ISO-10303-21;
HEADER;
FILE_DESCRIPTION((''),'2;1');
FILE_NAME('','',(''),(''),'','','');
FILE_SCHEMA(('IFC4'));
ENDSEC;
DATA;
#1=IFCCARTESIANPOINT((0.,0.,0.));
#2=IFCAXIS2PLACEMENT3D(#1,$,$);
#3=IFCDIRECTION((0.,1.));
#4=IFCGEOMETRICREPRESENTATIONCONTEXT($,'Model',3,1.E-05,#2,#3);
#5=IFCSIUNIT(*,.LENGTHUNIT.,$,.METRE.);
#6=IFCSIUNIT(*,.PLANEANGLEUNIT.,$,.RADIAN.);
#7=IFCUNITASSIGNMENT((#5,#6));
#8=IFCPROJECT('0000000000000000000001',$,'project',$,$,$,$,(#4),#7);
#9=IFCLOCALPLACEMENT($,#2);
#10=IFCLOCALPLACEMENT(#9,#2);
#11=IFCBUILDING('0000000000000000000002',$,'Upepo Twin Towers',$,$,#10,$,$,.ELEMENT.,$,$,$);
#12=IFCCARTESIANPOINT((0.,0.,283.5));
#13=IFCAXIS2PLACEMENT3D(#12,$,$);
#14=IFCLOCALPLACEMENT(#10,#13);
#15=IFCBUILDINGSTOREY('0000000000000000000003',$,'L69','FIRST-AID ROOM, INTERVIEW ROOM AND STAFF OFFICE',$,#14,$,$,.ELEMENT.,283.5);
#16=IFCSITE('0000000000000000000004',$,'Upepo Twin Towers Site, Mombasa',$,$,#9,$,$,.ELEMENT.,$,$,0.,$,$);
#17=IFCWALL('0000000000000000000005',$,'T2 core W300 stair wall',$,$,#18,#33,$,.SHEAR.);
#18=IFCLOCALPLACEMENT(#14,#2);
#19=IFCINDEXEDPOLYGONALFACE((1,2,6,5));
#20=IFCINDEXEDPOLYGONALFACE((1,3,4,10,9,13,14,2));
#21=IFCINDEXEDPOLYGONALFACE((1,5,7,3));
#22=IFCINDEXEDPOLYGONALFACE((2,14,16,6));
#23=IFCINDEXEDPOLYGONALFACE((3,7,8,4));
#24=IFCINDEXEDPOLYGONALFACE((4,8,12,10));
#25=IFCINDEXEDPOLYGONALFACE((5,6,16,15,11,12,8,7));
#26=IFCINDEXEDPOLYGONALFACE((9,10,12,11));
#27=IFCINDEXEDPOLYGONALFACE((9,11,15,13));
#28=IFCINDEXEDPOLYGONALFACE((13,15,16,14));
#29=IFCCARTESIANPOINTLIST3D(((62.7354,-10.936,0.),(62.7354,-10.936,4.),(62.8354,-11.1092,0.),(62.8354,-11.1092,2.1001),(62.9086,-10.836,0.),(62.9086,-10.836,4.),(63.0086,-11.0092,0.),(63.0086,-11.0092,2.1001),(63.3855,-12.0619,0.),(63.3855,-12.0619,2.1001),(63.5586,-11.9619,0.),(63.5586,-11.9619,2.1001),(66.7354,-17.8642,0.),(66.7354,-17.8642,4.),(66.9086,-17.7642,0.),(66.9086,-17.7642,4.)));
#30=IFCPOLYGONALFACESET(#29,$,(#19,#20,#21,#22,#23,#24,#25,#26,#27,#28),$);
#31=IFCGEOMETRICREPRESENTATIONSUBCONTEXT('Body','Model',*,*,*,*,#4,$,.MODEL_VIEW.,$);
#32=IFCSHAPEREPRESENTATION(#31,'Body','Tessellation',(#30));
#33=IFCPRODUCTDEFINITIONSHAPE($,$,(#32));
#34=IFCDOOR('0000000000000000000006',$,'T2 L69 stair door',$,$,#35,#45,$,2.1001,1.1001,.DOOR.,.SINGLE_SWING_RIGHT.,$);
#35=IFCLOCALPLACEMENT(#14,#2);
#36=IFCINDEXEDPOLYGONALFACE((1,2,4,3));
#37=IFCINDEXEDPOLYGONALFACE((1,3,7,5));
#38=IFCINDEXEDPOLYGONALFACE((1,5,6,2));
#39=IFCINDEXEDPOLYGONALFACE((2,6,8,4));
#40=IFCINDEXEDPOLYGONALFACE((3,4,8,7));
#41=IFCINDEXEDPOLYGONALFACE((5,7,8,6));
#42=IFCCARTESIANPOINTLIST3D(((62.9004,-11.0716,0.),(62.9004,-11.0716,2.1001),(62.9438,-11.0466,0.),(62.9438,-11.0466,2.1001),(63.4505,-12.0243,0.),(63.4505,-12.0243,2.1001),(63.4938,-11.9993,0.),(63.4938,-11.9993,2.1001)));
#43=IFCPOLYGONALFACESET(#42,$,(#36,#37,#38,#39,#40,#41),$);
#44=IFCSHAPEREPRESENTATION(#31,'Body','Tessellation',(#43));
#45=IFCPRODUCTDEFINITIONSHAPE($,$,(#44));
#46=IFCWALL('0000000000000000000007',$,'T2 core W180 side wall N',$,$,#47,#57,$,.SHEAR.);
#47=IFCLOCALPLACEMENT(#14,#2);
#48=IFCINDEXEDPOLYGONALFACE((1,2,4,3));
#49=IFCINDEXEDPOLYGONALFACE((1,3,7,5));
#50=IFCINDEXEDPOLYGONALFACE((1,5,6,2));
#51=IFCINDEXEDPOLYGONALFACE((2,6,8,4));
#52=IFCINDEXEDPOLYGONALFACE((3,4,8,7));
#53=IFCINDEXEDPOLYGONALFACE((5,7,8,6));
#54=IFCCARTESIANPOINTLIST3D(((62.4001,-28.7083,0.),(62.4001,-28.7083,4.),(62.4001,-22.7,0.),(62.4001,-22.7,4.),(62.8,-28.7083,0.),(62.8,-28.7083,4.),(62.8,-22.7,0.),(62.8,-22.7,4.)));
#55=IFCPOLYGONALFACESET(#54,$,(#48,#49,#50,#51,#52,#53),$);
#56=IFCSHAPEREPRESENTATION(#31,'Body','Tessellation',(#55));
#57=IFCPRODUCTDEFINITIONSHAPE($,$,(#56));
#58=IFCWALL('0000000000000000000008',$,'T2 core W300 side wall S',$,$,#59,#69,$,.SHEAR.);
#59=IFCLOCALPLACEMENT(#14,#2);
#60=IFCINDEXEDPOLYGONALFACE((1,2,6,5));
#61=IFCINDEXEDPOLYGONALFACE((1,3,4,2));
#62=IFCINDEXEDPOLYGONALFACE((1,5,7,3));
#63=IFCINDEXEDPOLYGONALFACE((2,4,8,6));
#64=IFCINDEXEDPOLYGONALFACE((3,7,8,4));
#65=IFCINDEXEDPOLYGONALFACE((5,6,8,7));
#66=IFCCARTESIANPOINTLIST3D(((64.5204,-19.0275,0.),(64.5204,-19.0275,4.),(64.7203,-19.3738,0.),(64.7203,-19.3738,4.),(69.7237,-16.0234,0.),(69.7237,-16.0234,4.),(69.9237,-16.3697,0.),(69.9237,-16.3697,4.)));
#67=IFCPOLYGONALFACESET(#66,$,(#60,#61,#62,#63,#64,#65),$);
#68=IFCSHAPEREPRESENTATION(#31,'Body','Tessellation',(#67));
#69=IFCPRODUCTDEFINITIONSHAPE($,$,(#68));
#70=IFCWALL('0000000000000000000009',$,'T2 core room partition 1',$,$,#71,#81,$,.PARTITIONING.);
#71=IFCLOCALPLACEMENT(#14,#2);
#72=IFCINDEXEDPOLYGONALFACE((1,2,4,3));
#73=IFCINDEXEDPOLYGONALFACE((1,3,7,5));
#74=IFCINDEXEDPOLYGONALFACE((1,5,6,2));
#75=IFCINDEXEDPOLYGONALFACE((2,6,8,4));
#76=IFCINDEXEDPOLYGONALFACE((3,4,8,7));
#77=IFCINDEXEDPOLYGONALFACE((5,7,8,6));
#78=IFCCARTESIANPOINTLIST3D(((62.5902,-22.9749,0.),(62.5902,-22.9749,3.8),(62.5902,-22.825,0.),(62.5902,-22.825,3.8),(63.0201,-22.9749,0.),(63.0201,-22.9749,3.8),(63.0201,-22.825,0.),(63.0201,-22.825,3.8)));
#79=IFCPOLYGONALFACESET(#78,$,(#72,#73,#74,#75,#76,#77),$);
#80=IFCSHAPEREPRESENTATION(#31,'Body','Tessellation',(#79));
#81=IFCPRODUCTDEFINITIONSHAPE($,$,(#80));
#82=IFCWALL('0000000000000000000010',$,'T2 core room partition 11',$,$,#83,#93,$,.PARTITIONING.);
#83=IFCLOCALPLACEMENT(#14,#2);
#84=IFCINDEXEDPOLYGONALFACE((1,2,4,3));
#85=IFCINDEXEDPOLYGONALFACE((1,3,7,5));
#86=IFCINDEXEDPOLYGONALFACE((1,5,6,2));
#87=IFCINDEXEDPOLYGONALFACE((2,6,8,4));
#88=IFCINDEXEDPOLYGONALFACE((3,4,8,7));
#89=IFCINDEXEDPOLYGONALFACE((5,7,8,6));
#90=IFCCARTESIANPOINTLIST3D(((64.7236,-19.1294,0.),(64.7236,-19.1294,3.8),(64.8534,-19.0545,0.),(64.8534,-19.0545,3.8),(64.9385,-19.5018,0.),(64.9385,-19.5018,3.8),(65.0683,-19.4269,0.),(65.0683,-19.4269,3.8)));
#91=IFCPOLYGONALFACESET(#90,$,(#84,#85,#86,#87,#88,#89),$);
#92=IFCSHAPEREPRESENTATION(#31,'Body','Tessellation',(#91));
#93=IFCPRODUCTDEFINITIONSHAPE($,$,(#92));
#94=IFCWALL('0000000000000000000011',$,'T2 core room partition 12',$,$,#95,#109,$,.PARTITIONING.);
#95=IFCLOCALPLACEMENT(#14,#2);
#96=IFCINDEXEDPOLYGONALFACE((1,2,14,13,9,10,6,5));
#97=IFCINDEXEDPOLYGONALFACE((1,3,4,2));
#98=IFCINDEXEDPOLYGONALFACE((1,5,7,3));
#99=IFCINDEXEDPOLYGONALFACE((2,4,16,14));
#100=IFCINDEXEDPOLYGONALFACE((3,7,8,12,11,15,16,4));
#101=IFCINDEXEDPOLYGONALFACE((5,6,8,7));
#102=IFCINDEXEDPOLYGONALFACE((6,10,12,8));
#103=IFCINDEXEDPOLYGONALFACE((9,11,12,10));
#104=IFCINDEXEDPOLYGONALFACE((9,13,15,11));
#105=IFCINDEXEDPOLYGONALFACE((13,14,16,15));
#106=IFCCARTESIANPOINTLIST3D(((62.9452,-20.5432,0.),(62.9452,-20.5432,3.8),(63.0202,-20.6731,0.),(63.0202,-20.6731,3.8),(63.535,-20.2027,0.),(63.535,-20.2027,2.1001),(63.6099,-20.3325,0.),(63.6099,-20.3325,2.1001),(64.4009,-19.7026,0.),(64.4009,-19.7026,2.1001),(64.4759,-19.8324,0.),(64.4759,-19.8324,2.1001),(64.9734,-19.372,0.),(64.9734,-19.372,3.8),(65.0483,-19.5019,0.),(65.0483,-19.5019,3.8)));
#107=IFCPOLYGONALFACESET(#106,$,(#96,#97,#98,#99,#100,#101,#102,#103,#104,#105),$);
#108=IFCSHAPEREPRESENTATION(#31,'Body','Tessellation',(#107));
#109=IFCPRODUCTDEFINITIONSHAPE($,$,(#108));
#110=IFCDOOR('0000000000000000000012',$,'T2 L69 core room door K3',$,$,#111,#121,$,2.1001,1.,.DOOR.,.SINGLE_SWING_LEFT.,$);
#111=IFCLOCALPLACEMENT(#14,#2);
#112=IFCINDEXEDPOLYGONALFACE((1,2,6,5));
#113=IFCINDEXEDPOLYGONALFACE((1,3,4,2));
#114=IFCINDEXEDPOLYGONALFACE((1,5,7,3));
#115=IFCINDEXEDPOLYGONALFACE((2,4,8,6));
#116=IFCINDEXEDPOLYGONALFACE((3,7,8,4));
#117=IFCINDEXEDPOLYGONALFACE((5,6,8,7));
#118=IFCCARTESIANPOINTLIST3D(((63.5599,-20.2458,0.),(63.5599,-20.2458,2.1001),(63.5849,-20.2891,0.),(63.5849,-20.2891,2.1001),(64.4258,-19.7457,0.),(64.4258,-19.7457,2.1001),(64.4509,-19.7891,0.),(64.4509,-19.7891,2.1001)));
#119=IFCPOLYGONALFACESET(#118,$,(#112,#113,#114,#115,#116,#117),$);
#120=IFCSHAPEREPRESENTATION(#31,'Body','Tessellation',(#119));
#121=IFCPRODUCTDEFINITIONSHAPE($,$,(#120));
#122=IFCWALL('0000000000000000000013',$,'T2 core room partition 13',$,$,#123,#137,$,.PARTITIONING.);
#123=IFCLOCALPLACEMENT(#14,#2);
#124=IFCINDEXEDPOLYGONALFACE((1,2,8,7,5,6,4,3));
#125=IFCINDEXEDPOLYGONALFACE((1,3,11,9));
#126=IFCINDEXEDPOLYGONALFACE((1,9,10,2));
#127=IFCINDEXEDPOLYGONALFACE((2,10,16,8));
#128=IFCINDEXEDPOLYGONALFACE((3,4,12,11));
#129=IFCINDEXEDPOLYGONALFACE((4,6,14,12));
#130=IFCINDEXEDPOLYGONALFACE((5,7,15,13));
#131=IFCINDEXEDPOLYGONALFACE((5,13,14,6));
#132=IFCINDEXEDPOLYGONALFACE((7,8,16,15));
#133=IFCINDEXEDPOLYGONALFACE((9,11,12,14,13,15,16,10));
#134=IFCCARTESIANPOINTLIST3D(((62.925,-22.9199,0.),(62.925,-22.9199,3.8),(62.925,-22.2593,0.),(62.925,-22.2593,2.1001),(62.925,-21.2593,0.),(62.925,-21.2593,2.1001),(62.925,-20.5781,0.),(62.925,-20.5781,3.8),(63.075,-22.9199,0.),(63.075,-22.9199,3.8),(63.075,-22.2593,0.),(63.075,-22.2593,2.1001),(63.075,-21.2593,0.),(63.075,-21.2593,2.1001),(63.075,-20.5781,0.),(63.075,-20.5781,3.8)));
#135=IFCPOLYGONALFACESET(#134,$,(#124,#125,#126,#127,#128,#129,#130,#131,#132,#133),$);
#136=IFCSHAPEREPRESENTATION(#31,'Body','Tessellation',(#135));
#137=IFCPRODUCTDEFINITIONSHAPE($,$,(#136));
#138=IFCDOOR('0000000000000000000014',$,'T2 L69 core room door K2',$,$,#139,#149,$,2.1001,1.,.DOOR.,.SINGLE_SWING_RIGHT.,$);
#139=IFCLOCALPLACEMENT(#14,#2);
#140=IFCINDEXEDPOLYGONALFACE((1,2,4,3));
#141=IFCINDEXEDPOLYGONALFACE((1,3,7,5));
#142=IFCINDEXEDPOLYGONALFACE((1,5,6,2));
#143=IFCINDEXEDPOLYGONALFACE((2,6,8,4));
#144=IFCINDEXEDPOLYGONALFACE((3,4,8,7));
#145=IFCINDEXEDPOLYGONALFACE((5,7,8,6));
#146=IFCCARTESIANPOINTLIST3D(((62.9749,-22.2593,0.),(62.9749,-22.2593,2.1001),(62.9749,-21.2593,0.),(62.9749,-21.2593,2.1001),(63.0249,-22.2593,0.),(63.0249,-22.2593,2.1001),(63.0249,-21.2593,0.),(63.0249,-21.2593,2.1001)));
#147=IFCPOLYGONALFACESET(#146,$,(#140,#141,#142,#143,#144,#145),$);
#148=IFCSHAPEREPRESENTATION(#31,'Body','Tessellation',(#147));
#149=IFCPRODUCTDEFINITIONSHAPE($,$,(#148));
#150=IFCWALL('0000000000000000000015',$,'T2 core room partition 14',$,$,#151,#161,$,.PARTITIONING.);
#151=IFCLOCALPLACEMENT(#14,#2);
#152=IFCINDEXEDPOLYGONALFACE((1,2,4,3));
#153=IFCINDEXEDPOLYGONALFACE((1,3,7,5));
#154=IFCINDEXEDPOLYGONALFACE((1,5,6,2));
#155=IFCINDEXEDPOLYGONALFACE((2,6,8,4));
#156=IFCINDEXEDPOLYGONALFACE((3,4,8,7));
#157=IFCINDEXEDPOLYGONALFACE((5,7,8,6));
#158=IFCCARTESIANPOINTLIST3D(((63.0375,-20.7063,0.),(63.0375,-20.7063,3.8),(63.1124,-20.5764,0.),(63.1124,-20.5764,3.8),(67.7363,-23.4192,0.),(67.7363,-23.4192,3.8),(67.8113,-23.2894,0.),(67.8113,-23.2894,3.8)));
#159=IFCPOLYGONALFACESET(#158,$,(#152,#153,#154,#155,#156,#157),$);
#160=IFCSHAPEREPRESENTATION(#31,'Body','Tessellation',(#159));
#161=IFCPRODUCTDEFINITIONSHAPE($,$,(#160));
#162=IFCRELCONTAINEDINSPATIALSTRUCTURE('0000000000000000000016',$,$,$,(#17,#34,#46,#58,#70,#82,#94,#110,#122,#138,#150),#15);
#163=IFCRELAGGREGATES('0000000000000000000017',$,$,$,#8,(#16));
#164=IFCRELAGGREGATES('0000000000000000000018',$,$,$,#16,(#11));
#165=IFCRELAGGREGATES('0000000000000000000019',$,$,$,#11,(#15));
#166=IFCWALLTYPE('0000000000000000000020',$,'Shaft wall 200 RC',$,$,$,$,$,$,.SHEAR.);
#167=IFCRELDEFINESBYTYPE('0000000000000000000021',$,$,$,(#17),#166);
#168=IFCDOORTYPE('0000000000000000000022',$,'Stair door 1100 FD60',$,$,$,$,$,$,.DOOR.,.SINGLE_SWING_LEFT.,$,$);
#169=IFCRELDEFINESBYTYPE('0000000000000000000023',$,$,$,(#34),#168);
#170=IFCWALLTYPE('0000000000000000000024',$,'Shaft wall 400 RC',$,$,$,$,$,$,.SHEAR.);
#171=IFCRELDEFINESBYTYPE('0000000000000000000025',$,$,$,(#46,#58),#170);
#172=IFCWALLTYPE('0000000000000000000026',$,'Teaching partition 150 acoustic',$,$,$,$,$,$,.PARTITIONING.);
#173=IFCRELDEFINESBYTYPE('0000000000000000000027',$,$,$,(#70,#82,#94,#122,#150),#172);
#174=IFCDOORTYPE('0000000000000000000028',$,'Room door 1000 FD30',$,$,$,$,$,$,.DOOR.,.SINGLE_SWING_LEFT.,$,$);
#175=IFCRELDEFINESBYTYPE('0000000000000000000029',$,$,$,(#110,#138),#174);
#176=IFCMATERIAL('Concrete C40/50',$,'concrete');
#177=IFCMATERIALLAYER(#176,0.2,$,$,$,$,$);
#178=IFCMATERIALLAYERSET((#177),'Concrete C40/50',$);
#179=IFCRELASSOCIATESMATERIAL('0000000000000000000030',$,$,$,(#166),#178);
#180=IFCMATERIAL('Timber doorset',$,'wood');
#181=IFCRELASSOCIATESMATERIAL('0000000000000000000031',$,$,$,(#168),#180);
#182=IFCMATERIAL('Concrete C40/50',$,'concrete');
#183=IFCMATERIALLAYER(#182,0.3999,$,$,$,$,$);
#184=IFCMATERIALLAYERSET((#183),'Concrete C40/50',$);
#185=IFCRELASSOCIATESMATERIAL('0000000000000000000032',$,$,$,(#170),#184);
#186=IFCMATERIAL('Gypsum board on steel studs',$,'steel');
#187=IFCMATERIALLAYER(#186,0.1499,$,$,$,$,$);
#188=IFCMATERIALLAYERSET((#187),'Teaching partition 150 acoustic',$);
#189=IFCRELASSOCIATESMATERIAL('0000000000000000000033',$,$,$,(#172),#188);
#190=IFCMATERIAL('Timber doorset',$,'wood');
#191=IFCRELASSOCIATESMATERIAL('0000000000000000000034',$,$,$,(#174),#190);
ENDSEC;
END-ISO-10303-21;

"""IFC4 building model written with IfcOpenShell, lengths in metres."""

from ifc_helpers import new_model, si_unit, direction, frame, frame_2d, origin, place, context, subcontext, project, spatial, rectangle, extrude, material, layer, layer_set, type_object, element, fill, save


model = new_model("IFC4")

# Units and contexts
model_context = context("Model", 3, precision=1e-05, world=origin(), true_north=direction((0.0, 1.0)))
body_context = subcontext(model_context, "Body", "Model", "MODEL_VIEW")
ifc_project = project(units=[si_unit("LENGTHUNIT", "METRE"), si_unit("PLANEANGLEUNIT", "RADIAN")], contexts=[model_context])

# Site, building, storey
site_placement = place(None, origin())
site = spatial("IfcSite", under=ifc_project, at=site_placement, Name="Upepo Twin Towers Site, Mombasa", CompositionType="ELEMENT", RefElevation=0.0)
building_placement = place(site_placement, origin())
building = spatial("IfcBuilding", under=site, at=building_placement, Name="Upepo Twin Towers", CompositionType="ELEMENT")
storey_placement = place(building_placement, frame((0.0, 0.0, 283.5)))
storey = spatial("IfcBuildingStorey", under=building, at=storey_placement, Name="L69", Description="FIRST-AID ROOM, INTERVIEW ROOM AND STAFF OFFICE", CompositionType="ELEMENT", Elevation=283.5)

# Shared definitions
ifc_material_1 = material(Name="Concrete C40/50", Category="concrete")
ifc_layer_1 = layer(ifc_material_1, 0.2)
ifc_layer_set_1 = layer_set([ifc_layer_1], Name="Concrete C40/50")
wall_type_1 = type_object("IfcWallType", Name="Shaft wall 200 RC", PredefinedType="SHEAR", material=ifc_layer_set_1)

# Wall, opening, door
wall_1_placement = place(storey_placement, frame((66.822, -17.8142, 0.0), z_axis=(0.0, 0.0, 1.0), x_axis=(-0.499999, 0.866026, 0.0)))
wall_1 = element("IfcWall", 1, at=wall_1_placement, inside=storey, type_object=wall_type_1, Name="T2 core W300 stair wall", PredefinedType="SHEAR", context=body_context, shape_type="SweptSolid", body=[
    extrude(rectangle(XDim=8.0, YDim=0.2, at=frame_2d((4.0, 0.0))), origin(), (0.0, 0.0, 1.0), 4.0),
])
opening_1_placement = place(wall_1_placement, frame((6.7, 0.0, 0.0)))
opening_1 = element("IfcOpeningElement", 2, at=opening_1_placement, cuts=wall_1, PredefinedType="OPENING", context=body_context, shape_type="SweptSolid", body=[
    extrude(rectangle(XDim=1.1001, YDim=2.1001, at=frame_2d((0.55, 1.05))), frame((0.0, 0.1099, 0.0), z_axis=(0.0, -1.0, 0.0), x_axis=(1.0, 0.0, 0.0)), (0.0, 0.0, 1.0), 0.22),
])
ifc_material_2 = material(Name="Timber doorset", Category="wood")
door_type_1 = type_object("IfcDoorType", Name="Stair door 1100 FD60", OperationType="SINGLE_SWING_LEFT", PredefinedType="DOOR", material=ifc_material_2)
door_1_placement = place(opening_1_placement, origin())
door_1 = element("IfcDoor", 3, at=door_1_placement, inside=storey, type_object=door_type_1, Name="T2 L69 stair door", OperationType="SINGLE_SWING_RIGHT", OverallHeight=2.1001, OverallWidth=1.1001, PredefinedType="DOOR", context=body_context, shape_type="SweptSolid", body=[
    extrude(rectangle(XDim=1.1001, YDim=2.1001, at=frame_2d((0.55, 1.05))), frame((0.0, 0.0249, 0.0), z_axis=(0.0, -1.0, 0.0), x_axis=(1.0, 0.0, 0.0)), (0.0, 0.0, 1.0), 0.05),
])
fill(opening_1, door_1)

# Walls
ifc_material_3 = material(Name="Concrete C40/50", Category="concrete")
ifc_layer_2 = layer(ifc_material_3, 0.3999)
ifc_layer_set_2 = layer_set([ifc_layer_2], Name="Concrete C40/50")
wall_type_2 = type_object("IfcWallType", Name="Shaft wall 400 RC", PredefinedType="SHEAR", material=ifc_layer_set_2)
for number, where, z_axis, x_axis, name in (
    (4, (62.6001, -22.7, 0.0), (0.0, 0.0, 1.0), (0.0, -1.0, 0.0), "T2 core W180 side wall N"),
    (5, (64.6204, -19.2007, 0.0), (0.0, 0.0, 1.0), (0.866027, 0.499998, 0.0), "T2 core W300 side wall S"),
):
    element("IfcWall", number, at=place(storey_placement, frame(where, z_axis=z_axis, x_axis=x_axis)), inside=storey, type_object=wall_type_2, Name=name, PredefinedType="SHEAR", context=body_context, shape_type="SweptSolid", body=[
        extrude(rectangle(XDim=6.0083, YDim=0.3999, at=frame_2d((3.0042, 0.0))), origin(), (0.0, 0.0, 1.0), 4.0),
    ])
ifc_material_4 = material(Name="Gypsum board on steel studs", Category="steel")
ifc_layer_3 = layer(ifc_material_4, 0.1499)
ifc_layer_set_3 = layer_set([ifc_layer_3], Name="Teaching partition 150 acoustic")
wall_type_3 = type_object("IfcWallType", Name="Teaching partition 150 acoustic", PredefinedType="PARTITIONING", material=ifc_layer_set_3)
for number, where, z_axis, x_axis, name in (
    (6, (63.02, -22.8999, 0.0), (0.0, 0.0, 1.0), (-1.0, 0.0, 0.0), "T2 core room partition 1"),
    (7, (64.7886, -19.092, 0.0), (0.0, 0.0, 1.0), (0.499804, -0.866138, 0.0), "T2 core room partition 11"),
):
    element("IfcWall", number, at=place(storey_placement, frame(where, z_axis=z_axis, x_axis=x_axis)), inside=storey, type_object=wall_type_3, Name=name, PredefinedType="PARTITIONING", context=body_context, shape_type="SweptSolid", body=[
        extrude(rectangle(XDim=0.4299, YDim=0.1499, at=frame_2d((0.2148, 0.0))), origin(), (0.0, 0.0, 1.0), 3.8),
    ])

# Walls, openings, doors
wall_2_placement = place(storey_placement, frame((65.0107, -19.437, 0.0), z_axis=(0.0, 0.0, 1.0), x_axis=(-0.865982, -0.500074, 0.0)))
wall_2 = element("IfcWall", 8, at=wall_2_placement, inside=storey, type_object=wall_type_3, Name="T2 core room partition 12", PredefinedType="PARTITIONING", context=body_context, shape_type="SweptSolid", body=[
    extrude(rectangle(XDim=2.342, YDim=0.1499, at=frame_2d((1.1709, 0.0))), origin(), (0.0, 0.0, 1.0), 3.8),
])
opening_2_placement = place(wall_2_placement, frame((0.6609, 0.0, 0.0)))
opening_2 = element("IfcOpeningElement", 9, at=opening_2_placement, cuts=wall_2, PredefinedType="OPENING", context=body_context, shape_type="SweptSolid", body=[
    extrude(rectangle(XDim=1.0, YDim=2.1001, at=frame_2d((0.5, 1.05))), frame((0.0, 0.085, 0.0), z_axis=(0.0, -1.0, 0.0), x_axis=(1.0, 0.0, 0.0)), (0.0, 0.0, 1.0), 0.1699),
])
ifc_material_5 = material(Name="Timber doorset", Category="wood")
door_type_2 = type_object("IfcDoorType", Name="Room door 1000 FD30", OperationType="SINGLE_SWING_LEFT", PredefinedType="DOOR", material=ifc_material_5)
door_2_placement = place(opening_2_placement, origin())
door_2 = element("IfcDoor", 10, at=door_2_placement, inside=storey, type_object=door_type_2, Name="T2 L69 core room door K3", OperationType="SINGLE_SWING_LEFT", OverallHeight=2.1001, OverallWidth=1.0, PredefinedType="DOOR", context=body_context, shape_type="SweptSolid", body=[
    extrude(rectangle(XDim=1.0, YDim=2.1001, at=frame_2d((0.5, 1.05))), frame((0.0, 0.0249, 0.0), z_axis=(0.0, -1.0, 0.0), x_axis=(1.0, 0.0, 0.0)), (0.0, 0.0, 1.0), 0.05),
])
fill(opening_2, door_2)
wall_3_placement = place(storey_placement, frame((63.0, -20.5781, 0.0), z_axis=(0.0, 0.0, 1.0), x_axis=(0.0, -1.0, 0.0)))
wall_3 = element("IfcWall", 11, at=wall_3_placement, inside=storey, type_object=wall_type_3, Name="T2 core room partition 13", PredefinedType="PARTITIONING", context=body_context, shape_type="SweptSolid", body=[
    extrude(rectangle(XDim=2.3418, YDim=0.1499, at=frame_2d((1.1709, 0.0))), origin(), (0.0, 0.0, 1.0), 3.8),
])
opening_3_placement = place(wall_3_placement, frame((0.6812, 0.0, 0.0)))
opening_3 = element("IfcOpeningElement", 12, at=opening_3_placement, cuts=wall_3, PredefinedType="OPENING", context=body_context, shape_type="SweptSolid", body=[
    extrude(rectangle(XDim=1.0, YDim=2.1001, at=frame_2d((0.5, 1.05))), frame((0.0, 0.085, 0.0), z_axis=(0.0, -1.0, 0.0), x_axis=(1.0, 0.0, 0.0)), (0.0, 0.0, 1.0), 0.1699),
])
door_3_placement = place(opening_3_placement, origin())
door_3 = element("IfcDoor", 13, at=door_3_placement, inside=storey, type_object=door_type_2, Name="T2 L69 core room door K2", OperationType="SINGLE_SWING_RIGHT", OverallHeight=2.1001, OverallWidth=1.0, PredefinedType="DOOR", context=body_context, shape_type="SweptSolid", body=[
    extrude(rectangle(XDim=1.0, YDim=2.1001, at=frame_2d((0.5, 1.05))), frame((0.0, 0.0249, 0.0), z_axis=(0.0, -1.0, 0.0), x_axis=(1.0, 0.0, 0.0)), (0.0, 0.0, 1.0), 0.05),
])
fill(opening_3, door_3)

# Wall
wall_4_placement = place(storey_placement, frame((63.075, -20.6414, 0.0), z_axis=(0.0, 0.0, 1.0), x_axis=(0.866019, -0.500011, 0.0)))
element("IfcWall", 14, at=wall_4_placement, inside=storey, type_object=wall_type_3, Name="T2 core room partition 14", PredefinedType="PARTITIONING", context=body_context, shape_type="SweptSolid", body=[
    extrude(rectangle(XDim=5.4258, YDim=0.1499, at=frame_2d((2.7129, 0.0))), origin(), (0.0, 0.0, 1.0), 3.8),
])

save(model, "model.ifc")
